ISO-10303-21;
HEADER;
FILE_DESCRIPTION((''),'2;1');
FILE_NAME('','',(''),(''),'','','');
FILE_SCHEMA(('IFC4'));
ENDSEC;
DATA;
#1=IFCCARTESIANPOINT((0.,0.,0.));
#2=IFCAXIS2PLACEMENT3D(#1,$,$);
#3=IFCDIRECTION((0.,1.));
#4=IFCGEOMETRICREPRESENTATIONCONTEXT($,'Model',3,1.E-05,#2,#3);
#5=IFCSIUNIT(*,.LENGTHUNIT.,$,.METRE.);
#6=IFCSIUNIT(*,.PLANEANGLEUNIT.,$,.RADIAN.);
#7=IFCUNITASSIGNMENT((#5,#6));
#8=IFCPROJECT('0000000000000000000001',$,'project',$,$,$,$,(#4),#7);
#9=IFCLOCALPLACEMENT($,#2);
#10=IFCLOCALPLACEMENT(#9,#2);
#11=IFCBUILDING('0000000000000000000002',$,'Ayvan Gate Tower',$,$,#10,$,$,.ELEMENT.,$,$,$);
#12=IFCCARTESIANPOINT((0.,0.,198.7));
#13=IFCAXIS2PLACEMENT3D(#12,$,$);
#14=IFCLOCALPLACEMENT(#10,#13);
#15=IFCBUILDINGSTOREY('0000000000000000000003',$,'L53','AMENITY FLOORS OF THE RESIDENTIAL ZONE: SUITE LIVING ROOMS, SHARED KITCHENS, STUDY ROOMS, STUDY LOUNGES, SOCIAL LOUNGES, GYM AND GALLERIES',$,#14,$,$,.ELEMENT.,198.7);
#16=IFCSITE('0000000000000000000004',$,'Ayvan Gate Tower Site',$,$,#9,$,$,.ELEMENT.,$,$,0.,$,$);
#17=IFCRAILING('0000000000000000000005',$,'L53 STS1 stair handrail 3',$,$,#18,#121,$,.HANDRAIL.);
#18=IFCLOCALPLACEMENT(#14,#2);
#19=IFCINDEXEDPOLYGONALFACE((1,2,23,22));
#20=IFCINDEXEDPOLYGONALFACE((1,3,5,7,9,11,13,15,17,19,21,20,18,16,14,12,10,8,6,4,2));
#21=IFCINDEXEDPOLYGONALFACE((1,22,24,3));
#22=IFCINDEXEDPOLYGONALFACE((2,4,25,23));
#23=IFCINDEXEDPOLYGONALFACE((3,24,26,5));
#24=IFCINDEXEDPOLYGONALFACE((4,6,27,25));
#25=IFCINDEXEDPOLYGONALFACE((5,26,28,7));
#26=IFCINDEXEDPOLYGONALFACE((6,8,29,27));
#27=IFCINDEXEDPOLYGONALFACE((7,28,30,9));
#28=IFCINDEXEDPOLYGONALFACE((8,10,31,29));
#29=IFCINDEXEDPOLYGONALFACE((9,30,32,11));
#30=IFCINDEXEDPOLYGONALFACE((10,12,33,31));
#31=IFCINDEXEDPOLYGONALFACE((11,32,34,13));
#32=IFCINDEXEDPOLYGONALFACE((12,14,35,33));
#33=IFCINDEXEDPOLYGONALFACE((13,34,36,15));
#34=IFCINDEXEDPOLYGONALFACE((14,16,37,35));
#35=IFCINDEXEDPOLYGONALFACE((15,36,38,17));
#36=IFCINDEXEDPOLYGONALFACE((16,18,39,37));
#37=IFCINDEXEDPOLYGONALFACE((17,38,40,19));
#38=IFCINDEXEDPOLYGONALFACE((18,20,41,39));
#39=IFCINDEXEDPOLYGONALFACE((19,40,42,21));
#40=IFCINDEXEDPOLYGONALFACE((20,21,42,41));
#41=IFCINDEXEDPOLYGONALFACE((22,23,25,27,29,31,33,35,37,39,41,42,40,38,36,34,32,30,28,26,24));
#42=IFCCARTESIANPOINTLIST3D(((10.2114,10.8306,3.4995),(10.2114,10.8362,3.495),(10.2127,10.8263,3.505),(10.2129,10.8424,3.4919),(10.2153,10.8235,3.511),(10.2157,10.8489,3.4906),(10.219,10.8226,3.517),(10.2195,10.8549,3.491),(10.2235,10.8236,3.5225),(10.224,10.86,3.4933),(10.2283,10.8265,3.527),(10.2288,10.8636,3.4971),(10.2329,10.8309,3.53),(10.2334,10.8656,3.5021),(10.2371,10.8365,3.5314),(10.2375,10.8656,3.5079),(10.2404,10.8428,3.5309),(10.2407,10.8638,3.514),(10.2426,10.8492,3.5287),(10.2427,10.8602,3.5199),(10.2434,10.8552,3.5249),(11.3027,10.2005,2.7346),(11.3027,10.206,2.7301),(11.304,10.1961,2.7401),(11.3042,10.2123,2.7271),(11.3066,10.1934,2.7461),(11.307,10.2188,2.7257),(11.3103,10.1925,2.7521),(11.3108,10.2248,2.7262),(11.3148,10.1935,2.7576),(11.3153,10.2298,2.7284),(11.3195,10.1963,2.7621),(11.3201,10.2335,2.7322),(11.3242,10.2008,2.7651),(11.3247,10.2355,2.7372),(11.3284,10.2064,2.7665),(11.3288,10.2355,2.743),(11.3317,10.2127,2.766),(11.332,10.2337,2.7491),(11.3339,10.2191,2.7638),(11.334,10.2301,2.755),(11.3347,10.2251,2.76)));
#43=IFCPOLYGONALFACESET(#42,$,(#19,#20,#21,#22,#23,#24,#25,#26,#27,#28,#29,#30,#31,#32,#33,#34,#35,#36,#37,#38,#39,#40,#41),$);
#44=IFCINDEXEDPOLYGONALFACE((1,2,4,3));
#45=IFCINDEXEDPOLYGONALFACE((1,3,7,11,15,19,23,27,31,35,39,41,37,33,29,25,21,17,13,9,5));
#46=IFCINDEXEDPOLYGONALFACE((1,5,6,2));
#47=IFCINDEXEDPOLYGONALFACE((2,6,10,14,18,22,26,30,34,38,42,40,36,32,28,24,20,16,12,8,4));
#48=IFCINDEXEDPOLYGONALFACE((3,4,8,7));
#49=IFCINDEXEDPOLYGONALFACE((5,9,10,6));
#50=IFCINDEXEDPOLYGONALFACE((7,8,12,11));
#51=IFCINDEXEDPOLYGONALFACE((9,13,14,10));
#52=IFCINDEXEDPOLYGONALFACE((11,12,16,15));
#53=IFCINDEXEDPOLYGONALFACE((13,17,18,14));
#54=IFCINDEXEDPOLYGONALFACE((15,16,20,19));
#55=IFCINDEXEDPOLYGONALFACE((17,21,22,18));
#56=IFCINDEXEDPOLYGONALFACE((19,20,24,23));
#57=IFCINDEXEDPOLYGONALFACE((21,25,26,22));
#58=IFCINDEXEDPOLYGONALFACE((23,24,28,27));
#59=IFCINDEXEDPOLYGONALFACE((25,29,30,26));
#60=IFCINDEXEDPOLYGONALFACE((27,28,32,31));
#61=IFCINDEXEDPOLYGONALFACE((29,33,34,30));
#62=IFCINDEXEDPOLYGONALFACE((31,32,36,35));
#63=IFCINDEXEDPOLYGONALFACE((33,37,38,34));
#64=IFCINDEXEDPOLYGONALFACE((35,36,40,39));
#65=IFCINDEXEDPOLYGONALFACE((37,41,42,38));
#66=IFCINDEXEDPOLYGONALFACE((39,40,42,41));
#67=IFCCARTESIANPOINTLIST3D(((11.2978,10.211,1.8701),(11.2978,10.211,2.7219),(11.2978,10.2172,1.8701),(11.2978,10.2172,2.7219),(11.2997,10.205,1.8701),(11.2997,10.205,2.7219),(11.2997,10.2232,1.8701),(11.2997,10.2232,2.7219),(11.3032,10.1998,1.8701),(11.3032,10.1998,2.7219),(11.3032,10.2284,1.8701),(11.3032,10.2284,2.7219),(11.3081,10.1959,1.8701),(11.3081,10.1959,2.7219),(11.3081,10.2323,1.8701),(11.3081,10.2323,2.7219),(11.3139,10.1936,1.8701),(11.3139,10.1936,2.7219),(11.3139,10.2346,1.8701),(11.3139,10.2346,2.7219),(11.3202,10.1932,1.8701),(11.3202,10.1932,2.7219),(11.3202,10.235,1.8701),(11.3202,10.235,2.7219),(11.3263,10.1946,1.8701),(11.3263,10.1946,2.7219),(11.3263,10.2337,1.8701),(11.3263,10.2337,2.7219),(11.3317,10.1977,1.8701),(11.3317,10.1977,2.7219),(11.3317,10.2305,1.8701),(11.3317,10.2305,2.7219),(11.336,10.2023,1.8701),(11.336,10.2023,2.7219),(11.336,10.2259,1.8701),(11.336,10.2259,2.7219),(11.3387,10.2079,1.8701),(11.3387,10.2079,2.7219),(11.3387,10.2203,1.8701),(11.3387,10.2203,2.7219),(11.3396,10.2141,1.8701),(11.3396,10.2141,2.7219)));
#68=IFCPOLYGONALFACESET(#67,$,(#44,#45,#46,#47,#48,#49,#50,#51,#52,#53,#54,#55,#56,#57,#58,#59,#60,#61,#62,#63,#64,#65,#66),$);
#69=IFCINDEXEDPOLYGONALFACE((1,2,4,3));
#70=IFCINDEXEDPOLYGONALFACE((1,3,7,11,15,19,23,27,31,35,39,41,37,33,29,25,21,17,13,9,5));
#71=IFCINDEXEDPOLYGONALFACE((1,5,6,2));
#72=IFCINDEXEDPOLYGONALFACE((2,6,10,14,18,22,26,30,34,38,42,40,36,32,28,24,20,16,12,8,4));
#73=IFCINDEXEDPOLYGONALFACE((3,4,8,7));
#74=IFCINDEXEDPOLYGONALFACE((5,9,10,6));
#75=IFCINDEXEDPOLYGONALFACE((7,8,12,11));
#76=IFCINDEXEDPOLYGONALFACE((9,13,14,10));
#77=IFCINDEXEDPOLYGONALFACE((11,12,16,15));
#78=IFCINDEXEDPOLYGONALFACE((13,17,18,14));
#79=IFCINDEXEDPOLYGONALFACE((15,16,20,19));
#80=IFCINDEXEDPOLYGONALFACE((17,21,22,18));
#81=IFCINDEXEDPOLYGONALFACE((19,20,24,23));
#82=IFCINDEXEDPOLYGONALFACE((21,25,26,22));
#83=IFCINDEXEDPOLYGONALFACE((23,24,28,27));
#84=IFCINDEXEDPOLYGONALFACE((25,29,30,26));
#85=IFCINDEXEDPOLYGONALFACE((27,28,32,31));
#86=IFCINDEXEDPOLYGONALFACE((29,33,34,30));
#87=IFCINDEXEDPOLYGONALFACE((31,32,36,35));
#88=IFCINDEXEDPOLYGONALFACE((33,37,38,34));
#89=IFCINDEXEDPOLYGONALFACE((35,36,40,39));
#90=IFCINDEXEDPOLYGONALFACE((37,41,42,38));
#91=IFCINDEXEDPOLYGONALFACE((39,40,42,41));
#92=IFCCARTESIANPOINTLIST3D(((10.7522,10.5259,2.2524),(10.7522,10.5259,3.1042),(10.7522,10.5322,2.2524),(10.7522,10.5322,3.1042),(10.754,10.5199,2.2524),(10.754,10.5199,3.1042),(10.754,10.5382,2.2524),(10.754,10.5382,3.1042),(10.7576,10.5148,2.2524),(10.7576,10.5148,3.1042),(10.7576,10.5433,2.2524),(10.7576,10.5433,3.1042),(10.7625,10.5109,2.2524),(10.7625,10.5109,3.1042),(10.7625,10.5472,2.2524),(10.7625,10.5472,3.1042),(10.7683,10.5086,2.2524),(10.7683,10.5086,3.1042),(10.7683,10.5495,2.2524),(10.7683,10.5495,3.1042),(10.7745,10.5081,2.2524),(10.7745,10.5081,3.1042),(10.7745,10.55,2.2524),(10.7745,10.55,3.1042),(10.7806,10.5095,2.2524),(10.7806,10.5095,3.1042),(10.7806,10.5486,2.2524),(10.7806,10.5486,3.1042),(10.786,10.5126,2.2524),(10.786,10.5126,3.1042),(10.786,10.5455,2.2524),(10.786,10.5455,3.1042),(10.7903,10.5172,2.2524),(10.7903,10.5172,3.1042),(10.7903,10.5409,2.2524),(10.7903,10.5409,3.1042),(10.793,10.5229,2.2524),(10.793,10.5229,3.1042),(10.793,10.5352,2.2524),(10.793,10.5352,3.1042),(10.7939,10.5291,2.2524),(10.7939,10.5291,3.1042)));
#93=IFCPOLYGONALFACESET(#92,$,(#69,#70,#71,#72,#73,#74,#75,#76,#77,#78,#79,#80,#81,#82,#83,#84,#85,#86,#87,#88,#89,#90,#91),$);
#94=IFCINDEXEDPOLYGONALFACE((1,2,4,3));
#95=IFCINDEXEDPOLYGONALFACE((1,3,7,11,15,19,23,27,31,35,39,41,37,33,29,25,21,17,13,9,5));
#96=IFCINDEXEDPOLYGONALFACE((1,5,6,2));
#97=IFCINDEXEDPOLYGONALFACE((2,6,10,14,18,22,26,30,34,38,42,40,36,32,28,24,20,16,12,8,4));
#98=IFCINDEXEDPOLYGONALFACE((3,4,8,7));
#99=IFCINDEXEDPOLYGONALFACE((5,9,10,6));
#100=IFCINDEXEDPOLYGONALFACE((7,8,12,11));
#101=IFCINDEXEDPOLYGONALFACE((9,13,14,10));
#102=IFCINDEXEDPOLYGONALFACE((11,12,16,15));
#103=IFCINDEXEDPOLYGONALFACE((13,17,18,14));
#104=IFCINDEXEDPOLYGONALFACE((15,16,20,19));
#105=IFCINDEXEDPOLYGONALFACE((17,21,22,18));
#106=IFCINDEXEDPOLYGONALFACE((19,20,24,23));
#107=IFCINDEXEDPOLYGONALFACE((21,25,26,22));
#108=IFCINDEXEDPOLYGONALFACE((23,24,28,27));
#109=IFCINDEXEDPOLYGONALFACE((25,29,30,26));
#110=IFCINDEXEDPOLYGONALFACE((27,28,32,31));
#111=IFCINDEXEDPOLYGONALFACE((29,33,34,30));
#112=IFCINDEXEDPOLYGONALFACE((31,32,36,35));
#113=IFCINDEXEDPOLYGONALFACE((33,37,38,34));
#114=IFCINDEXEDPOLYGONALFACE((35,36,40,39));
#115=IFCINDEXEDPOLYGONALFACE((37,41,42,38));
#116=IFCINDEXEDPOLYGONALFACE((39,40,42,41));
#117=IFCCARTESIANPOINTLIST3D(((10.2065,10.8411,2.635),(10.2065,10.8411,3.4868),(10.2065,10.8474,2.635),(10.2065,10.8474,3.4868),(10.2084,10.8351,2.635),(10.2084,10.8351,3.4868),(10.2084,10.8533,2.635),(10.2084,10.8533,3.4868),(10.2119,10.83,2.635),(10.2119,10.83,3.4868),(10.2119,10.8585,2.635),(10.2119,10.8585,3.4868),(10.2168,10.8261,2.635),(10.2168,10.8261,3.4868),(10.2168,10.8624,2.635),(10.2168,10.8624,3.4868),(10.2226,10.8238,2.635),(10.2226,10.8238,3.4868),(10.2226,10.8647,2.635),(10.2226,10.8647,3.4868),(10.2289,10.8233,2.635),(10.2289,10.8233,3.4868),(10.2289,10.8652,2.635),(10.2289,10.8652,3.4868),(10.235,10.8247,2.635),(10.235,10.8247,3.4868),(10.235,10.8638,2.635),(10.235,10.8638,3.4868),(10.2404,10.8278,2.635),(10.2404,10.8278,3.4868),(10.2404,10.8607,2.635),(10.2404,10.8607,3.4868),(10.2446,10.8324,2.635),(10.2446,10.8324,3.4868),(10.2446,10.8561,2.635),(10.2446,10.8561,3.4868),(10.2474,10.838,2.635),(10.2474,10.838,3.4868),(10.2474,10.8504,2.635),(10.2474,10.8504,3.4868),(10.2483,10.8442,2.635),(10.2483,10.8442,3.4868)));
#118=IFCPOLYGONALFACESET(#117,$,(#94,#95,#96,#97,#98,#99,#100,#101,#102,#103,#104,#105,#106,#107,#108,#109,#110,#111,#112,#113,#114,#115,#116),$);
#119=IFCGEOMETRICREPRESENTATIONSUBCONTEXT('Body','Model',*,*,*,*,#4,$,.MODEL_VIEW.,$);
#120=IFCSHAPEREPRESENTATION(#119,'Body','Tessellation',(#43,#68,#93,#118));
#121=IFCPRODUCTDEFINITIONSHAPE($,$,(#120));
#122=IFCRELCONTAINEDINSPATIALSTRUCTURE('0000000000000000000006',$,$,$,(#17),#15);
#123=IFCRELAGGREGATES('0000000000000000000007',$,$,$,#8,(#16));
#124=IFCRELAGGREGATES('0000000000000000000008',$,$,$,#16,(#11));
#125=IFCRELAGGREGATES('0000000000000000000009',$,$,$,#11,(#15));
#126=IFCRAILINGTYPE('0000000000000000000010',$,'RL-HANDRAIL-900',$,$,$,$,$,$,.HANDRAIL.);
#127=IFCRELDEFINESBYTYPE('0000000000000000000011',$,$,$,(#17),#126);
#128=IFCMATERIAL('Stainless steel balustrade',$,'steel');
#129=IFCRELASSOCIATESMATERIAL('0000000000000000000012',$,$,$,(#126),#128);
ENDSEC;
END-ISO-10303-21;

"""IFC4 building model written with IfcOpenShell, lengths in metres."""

from ifc_helpers import new_model, si_unit, direction, frame, origin, origin_2d, place, context, subcontext, project, spatial, circle, extrude, material, type_object, element, save


model = new_model("IFC4")

# Units and contexts
model_context = context("Model", 3, precision=1e-05, world=origin(), true_north=direction((0.0, 1.0)))
body_context = subcontext(model_context, "Body", "Model", "MODEL_VIEW")
ifc_project = project(units=[si_unit("LENGTHUNIT", "METRE"), si_unit("PLANEANGLEUNIT", "RADIAN")], contexts=[model_context])

# Site, building, storey
site_placement = place(None, origin())
site = spatial("IfcSite", under=ifc_project, at=site_placement, Name="Ayvan Gate Tower Site", CompositionType="ELEMENT", RefElevation=0.0)
building_placement = place(site_placement, origin())
building = spatial("IfcBuilding", under=site, at=building_placement, Name="Ayvan Gate Tower", CompositionType="ELEMENT")
storey_placement = place(building_placement, frame((0.0, 0.0, 198.7)))
storey = spatial("IfcBuildingStorey", under=building, at=storey_placement, Name="L53", Description="AMENITY FLOORS OF THE RESIDENTIAL ZONE: SUITE LIVING ROOMS, SHARED KITCHENS, STUDY ROOMS, STUDY LOUNGES, SOCIAL LOUNGES, GYM AND GALLERIES", CompositionType="ELEMENT", Elevation=198.7)

# Railing
ifc_material_1 = material(Name="Stainless steel balustrade", Category="steel")
railing_type_1 = type_object("IfcRailingType", Name="RL-HANDRAIL-900", PredefinedType="HANDRAIL", material=ifc_material_1)
railing_1_placement = place(storey_placement, frame((11.3186, 10.2141, 1.8701)))
element("IfcRailing", 1, at=railing_1_placement, inside=storey, type_object=railing_type_1, Name="L53 STS1 stair handrail 3", PredefinedType="HANDRAIL", context=body_context, shape_type="SweptSolid", body=[
    extrude(circle(Radius=0.0239, at=origin_2d()), frame((0.0, 0.0, 0.876), z_axis=(-0.740304, 0.427455, 0.518875), x_axis=(-0.500035, -0.866005, 0.0)), (0.0, 0.0, 1.0), 1.4741),
    extrude(circle(Radius=0.021, at=origin_2d()), origin(), (0.0, 0.0, 1.0), 0.8518),
    extrude(circle(Radius=0.021, at=origin_2d()), frame((-0.5457, 0.3149, 0.3823)), (0.0, 0.0, 1.0), 0.8518),
    extrude(circle(Radius=0.021, at=origin_2d()), frame((-1.0913, 0.6301, 0.7649)), (0.0, 0.0, 1.0), 0.8518),
])

save(model, "model.ifc")
